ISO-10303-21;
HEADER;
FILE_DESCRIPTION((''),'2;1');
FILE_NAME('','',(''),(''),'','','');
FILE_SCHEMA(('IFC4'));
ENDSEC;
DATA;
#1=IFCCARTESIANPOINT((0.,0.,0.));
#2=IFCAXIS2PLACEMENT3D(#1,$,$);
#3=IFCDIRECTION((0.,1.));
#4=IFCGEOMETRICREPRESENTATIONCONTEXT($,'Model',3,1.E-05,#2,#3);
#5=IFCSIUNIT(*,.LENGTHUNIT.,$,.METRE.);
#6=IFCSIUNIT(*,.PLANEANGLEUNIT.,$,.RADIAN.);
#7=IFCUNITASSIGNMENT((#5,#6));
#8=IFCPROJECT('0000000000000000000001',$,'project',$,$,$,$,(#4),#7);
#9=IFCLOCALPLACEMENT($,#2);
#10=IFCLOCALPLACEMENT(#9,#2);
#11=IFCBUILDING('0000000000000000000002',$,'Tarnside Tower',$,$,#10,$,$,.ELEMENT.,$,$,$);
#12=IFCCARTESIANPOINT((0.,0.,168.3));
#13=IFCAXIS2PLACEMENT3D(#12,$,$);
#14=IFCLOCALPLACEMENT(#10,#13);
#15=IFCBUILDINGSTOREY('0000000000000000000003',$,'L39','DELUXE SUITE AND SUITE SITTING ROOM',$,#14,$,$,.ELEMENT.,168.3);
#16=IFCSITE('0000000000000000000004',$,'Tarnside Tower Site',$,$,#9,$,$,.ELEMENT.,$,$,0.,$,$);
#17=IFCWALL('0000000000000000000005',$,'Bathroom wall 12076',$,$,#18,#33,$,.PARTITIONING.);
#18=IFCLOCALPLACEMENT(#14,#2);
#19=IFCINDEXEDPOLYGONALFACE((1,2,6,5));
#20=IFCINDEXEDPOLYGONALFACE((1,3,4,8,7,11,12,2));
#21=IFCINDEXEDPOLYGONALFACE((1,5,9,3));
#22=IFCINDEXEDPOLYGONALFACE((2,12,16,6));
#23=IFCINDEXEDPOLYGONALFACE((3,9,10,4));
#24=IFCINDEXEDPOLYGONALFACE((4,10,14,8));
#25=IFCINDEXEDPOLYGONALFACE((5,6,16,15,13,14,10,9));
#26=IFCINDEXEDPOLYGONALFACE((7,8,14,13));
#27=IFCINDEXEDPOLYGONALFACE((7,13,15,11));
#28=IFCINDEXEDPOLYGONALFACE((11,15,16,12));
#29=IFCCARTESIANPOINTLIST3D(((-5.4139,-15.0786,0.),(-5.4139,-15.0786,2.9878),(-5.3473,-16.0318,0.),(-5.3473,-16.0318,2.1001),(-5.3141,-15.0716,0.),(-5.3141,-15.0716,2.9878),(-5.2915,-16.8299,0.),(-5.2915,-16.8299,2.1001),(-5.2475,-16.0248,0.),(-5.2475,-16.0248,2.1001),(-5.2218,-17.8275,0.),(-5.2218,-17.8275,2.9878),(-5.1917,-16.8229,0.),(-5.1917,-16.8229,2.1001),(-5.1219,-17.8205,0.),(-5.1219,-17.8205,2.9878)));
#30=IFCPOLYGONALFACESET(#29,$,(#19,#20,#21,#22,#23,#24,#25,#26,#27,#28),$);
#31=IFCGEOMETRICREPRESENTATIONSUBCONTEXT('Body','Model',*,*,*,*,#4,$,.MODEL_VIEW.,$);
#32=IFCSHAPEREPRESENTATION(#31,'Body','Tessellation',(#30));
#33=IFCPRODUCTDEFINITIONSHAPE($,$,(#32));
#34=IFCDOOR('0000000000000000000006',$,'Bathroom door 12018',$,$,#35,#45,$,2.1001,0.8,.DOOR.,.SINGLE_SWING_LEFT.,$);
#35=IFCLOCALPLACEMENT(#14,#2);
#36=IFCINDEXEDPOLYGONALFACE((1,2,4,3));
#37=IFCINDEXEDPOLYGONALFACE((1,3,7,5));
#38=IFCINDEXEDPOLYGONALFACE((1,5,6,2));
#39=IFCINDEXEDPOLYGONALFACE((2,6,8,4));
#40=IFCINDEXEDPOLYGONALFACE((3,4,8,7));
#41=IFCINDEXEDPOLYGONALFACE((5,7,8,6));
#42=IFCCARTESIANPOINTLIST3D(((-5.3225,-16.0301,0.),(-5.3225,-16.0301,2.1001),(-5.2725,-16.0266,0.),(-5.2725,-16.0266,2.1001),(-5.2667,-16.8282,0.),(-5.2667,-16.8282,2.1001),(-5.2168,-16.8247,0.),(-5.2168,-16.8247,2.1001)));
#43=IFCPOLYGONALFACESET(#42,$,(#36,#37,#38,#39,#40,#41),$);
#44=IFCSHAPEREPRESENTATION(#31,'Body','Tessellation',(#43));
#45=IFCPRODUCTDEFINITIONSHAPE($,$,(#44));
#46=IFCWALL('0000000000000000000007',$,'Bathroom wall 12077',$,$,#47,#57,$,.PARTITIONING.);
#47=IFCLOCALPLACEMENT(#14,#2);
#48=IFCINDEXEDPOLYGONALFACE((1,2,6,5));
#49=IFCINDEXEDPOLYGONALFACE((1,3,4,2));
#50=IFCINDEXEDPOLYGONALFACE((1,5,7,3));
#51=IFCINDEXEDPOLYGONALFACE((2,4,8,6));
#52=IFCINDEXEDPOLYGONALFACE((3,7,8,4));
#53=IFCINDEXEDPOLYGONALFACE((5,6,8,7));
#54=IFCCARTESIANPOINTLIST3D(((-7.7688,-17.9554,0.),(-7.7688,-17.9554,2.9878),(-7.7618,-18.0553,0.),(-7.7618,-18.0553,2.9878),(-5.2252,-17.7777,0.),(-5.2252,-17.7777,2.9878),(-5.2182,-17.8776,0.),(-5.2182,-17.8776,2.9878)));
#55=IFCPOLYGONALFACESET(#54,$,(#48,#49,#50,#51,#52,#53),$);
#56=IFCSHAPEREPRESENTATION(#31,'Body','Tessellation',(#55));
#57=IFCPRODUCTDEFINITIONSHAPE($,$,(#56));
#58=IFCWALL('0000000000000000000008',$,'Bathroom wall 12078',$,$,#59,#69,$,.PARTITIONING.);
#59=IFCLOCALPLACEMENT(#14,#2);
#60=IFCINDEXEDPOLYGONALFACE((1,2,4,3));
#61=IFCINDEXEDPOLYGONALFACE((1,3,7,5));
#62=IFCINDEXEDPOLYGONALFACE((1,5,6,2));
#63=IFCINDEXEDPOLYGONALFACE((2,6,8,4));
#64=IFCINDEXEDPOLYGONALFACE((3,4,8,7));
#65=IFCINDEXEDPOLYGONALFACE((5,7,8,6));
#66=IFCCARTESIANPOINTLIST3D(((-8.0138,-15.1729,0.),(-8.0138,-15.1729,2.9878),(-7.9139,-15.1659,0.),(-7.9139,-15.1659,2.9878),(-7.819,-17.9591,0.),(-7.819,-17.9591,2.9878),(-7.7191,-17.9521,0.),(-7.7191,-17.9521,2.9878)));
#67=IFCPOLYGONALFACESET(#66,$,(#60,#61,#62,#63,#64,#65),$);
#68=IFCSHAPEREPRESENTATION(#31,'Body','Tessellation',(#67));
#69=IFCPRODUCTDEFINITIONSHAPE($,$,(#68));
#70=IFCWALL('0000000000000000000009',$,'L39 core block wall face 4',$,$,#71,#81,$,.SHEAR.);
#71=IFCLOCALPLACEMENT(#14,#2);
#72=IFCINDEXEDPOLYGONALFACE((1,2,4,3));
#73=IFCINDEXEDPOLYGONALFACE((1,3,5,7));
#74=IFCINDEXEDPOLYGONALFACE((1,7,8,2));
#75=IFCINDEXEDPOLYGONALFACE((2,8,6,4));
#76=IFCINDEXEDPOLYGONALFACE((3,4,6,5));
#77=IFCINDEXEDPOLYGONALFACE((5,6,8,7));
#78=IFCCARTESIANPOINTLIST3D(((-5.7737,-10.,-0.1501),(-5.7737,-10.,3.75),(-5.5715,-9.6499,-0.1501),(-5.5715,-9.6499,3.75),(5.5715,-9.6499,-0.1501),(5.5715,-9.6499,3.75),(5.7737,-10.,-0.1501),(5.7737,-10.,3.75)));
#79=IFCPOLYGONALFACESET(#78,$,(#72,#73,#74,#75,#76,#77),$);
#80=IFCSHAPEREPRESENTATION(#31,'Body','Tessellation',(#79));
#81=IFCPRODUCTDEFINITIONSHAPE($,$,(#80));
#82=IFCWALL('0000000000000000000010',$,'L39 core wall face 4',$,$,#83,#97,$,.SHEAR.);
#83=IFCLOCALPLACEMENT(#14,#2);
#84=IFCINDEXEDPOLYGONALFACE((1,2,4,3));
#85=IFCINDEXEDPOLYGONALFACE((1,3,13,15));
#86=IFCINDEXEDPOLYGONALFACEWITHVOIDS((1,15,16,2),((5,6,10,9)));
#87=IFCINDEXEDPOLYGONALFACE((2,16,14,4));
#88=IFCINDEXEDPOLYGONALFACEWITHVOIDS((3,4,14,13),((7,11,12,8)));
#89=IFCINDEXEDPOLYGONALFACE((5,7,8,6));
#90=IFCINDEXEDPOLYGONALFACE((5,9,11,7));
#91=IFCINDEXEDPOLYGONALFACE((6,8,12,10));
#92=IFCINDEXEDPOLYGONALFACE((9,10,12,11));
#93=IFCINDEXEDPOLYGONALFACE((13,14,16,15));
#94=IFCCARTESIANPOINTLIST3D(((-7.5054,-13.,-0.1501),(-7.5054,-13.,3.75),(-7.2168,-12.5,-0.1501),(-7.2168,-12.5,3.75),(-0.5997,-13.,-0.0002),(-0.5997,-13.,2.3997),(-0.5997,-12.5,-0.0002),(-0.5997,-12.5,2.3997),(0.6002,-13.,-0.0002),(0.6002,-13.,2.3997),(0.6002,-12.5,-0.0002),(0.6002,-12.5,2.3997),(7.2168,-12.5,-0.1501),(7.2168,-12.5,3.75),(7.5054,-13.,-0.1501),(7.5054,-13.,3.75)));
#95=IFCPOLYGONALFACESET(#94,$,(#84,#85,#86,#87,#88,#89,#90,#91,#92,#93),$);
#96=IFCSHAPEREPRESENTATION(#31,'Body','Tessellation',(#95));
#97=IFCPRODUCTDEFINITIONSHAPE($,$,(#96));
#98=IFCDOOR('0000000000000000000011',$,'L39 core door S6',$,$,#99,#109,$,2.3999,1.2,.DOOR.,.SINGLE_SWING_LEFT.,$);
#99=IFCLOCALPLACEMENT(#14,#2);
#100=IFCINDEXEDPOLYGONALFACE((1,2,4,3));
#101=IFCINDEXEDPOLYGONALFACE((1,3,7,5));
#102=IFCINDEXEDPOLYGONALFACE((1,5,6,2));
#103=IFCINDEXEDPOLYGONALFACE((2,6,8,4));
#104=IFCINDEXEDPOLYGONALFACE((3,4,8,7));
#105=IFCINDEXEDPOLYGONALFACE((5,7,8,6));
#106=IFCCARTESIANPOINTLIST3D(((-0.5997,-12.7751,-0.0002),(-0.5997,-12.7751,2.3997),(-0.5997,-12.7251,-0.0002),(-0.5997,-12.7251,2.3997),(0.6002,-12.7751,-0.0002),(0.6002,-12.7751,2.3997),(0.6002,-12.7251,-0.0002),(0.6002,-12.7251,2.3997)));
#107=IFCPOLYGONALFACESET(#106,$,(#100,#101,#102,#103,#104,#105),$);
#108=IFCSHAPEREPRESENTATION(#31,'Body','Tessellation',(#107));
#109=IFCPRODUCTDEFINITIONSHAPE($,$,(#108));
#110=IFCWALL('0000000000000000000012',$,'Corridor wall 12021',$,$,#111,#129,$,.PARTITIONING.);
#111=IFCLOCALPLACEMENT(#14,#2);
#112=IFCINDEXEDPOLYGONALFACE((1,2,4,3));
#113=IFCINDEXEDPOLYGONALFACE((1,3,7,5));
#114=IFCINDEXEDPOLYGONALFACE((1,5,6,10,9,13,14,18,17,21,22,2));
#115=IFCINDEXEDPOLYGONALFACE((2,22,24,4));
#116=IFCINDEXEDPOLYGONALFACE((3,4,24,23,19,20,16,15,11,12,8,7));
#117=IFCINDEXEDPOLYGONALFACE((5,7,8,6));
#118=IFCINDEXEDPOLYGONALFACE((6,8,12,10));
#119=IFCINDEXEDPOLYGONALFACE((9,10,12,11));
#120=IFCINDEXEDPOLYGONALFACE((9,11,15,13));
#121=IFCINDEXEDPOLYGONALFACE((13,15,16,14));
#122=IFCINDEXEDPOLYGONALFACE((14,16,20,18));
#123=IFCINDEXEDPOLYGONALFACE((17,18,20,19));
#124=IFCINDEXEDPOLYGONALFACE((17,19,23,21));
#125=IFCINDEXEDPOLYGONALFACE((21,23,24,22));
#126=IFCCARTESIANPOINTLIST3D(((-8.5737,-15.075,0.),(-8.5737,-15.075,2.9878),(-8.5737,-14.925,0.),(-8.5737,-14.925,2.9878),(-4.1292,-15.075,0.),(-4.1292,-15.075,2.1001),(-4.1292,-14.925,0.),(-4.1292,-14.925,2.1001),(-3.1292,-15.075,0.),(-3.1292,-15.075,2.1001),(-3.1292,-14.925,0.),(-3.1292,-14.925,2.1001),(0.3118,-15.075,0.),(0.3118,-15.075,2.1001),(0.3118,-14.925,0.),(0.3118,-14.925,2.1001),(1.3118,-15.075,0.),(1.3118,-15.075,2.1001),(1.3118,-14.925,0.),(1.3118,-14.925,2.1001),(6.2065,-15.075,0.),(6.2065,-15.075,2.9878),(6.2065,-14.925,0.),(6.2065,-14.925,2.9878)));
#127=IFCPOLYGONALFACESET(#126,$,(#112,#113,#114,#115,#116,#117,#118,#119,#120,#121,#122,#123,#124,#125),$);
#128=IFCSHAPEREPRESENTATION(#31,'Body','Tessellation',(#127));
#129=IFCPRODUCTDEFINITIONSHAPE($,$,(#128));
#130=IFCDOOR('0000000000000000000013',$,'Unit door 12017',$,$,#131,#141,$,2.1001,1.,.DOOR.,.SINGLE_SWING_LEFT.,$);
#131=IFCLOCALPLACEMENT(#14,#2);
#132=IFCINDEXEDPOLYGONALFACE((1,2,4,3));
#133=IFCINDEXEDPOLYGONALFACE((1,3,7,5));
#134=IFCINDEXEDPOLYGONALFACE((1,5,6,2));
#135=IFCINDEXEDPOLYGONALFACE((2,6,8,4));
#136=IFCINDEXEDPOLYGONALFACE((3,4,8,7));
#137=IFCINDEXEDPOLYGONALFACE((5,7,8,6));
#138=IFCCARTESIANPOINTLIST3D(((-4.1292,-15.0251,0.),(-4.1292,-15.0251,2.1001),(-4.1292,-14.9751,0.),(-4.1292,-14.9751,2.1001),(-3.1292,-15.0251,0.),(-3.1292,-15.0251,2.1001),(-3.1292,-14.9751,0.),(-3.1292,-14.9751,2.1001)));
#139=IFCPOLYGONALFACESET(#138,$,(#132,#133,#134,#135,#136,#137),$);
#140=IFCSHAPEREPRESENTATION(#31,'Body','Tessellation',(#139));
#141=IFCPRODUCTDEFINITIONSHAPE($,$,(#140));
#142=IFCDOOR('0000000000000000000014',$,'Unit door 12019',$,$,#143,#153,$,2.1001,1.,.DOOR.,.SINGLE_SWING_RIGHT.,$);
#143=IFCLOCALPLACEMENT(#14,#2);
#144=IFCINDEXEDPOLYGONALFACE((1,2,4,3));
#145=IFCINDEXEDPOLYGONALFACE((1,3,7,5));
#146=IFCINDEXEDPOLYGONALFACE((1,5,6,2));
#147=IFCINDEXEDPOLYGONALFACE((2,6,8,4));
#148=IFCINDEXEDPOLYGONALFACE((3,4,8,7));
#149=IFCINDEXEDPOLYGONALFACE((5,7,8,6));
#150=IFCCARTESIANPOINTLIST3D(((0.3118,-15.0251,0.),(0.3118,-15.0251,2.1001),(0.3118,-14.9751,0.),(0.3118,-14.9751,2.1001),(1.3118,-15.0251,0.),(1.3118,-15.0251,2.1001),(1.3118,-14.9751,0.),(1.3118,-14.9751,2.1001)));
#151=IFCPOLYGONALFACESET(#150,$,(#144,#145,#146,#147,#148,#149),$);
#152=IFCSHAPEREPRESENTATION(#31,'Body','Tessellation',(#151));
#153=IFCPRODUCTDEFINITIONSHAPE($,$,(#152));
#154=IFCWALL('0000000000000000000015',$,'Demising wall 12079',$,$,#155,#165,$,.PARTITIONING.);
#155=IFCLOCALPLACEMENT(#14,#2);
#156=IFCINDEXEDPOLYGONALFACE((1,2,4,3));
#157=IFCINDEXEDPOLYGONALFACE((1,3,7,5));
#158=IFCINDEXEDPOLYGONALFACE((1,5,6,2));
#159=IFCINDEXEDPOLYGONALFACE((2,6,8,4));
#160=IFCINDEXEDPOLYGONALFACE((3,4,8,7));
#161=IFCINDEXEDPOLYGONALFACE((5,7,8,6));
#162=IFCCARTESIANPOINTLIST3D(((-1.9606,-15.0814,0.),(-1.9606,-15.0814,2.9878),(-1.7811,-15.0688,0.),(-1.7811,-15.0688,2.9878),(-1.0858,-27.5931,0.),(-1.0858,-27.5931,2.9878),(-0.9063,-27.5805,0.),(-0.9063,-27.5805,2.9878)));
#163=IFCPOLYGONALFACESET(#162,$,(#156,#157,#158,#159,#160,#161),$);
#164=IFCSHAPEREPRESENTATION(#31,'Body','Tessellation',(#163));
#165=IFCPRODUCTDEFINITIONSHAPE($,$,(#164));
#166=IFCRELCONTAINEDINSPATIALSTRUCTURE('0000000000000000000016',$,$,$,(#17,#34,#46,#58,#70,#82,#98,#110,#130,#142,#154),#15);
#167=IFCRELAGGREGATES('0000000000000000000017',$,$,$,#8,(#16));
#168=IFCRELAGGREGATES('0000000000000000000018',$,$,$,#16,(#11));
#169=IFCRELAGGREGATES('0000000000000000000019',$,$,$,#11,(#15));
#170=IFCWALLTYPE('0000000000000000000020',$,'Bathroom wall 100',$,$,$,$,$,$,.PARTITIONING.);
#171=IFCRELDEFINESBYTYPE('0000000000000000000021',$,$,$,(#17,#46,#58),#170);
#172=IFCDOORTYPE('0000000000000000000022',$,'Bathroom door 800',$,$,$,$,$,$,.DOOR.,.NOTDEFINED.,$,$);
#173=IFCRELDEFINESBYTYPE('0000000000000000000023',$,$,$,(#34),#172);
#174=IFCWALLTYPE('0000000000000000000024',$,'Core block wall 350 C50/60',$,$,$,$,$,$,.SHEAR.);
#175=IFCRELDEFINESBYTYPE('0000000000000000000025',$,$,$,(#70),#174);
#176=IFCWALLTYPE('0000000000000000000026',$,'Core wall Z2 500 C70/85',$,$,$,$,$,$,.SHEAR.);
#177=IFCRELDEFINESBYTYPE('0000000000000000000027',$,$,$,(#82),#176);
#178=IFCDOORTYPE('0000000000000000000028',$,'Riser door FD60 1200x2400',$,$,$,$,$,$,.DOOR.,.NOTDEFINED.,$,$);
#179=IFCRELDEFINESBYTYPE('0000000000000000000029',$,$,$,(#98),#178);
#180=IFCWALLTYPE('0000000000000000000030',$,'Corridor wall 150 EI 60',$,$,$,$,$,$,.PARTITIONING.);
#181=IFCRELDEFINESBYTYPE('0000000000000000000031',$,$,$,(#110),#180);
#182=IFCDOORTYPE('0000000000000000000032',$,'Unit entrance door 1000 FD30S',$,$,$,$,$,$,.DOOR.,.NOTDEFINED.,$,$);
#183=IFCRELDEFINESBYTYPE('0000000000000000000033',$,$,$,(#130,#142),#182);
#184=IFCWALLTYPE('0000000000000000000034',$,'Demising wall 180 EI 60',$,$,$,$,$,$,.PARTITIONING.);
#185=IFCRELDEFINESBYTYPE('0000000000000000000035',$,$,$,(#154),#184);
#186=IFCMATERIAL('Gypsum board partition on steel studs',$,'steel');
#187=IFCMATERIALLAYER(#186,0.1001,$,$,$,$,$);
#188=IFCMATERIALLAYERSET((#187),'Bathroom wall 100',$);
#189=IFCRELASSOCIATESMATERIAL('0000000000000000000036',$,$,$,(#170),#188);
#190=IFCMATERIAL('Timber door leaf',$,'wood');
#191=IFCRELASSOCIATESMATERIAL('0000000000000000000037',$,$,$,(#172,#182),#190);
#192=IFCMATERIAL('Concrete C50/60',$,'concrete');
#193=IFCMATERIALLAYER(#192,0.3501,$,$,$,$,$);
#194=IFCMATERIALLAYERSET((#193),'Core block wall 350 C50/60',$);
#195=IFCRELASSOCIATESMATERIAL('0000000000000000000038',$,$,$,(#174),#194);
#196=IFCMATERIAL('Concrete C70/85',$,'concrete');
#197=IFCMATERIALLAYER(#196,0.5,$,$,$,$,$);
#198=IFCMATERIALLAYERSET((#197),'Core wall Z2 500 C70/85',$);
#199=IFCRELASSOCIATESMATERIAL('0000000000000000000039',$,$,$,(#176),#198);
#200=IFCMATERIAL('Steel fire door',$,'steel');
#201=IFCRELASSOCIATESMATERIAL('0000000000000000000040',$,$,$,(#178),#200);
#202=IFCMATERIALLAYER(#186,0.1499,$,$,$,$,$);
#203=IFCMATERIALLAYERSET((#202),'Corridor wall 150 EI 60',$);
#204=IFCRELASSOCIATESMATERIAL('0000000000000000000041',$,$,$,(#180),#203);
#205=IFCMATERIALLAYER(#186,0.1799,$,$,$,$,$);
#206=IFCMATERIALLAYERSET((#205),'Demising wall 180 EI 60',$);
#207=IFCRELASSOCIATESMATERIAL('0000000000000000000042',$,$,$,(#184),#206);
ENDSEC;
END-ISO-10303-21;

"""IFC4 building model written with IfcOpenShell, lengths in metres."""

from ifc_helpers import new_model, si_unit, direction, frame, frame_2d, origin, place, context, subcontext, project, spatial, polyline, rectangle, outline, extrude, material, layer, layer_set, type_object, element, fill, save


model = new_model("IFC4")

# Units and contexts
model_context = context("Model", 3, precision=1e-05, world=origin(), true_north=direction((0.0, 1.0)))
body_context = subcontext(model_context, "Body", "Model", "MODEL_VIEW")
ifc_project = project(units=[si_unit("LENGTHUNIT", "METRE"), si_unit("PLANEANGLEUNIT", "RADIAN")], contexts=[model_context])

# Site, building, storey
site_placement = place(None, origin())
site = spatial("IfcSite", under=ifc_project, at=site_placement, Name="Tarnside Tower Site", CompositionType="ELEMENT", RefElevation=0.0)
building_placement = place(site_placement, origin())
building = spatial("IfcBuilding", under=site, at=building_placement, Name="Tarnside Tower", CompositionType="ELEMENT")
storey_placement = place(building_placement, frame((0.0, 0.0, 168.3)))
storey = spatial("IfcBuildingStorey", under=building, at=storey_placement, Name="L39", Description="DELUXE SUITE AND SUITE SITTING ROOM", CompositionType="ELEMENT", Elevation=168.3)

# Wall, opening, door
ifc_material_1 = material(Name="Gypsum board partition on steel studs", Category="steel")
ifc_layer_1 = layer(ifc_material_1, 0.1001)
ifc_layer_set_1 = layer_set([ifc_layer_1], Name="Bathroom wall 100")
wall_type_1 = type_object("IfcWallType", Name="Bathroom wall 100", PredefinedType="PARTITIONING", material=ifc_layer_set_1)
wall_1_placement = place(storey_placement, frame((-5.364, -15.075, 0.0), z_axis=(0.0, 0.0, 1.0), x_axis=(0.069723, -0.997566, 0.0)))
wall_1 = element("IfcWall", 1, at=wall_1_placement, inside=storey, type_object=wall_type_1, Name="Bathroom wall 12076", PredefinedType="PARTITIONING", context=body_context, shape_type="SweptSolid", body=[
    extrude(rectangle(XDim=2.7556, YDim=0.1001, at=frame_2d((1.3779, 0.0))), origin(), (0.0, 0.0, 1.0), 2.9878),
])
opening_1_placement = place(wall_1_placement, frame((0.9558, 0.0, 0.0)))
opening_1 = element("IfcOpeningElement", 2, at=opening_1_placement, cuts=wall_1, PredefinedType="OPENING", context=body_context, shape_type="SweptSolid", body=[
    extrude(rectangle(XDim=0.8, YDim=2.1001, at=frame_2d((0.3999, 1.05))), frame((0.0, 0.0601, 0.0), z_axis=(0.0, -1.0, 0.0), x_axis=(1.0, 0.0, 0.0)), (0.0, 0.0, 1.0), 0.1201),
])
ifc_material_2 = material(Name="Timber door leaf", Category="wood")
door_type_1 = type_object("IfcDoorType", Name="Bathroom door 800", OperationType="NOTDEFINED", PredefinedType="DOOR", material=ifc_material_2)
door_1_placement = place(opening_1_placement, origin())
door_1 = element("IfcDoor", 3, at=door_1_placement, inside=storey, type_object=door_type_1, Name="Bathroom door 12018", OperationType="SINGLE_SWING_LEFT", OverallHeight=2.1001, OverallWidth=0.8, PredefinedType="DOOR", context=body_context, shape_type="SweptSolid", body=[
    extrude(rectangle(XDim=0.8, YDim=2.1001, at=frame_2d((0.3999, 1.05))), frame((0.0, 0.0249, 0.0), z_axis=(0.0, -1.0, 0.0), x_axis=(1.0, 0.0, 0.0)), (0.0, 0.0, 1.0), 0.05),
])
fill(opening_1, door_1)

# Walls
wall_2_placement = place(storey_placement, frame((-5.2217, -17.8276, 0.0), z_axis=(0.0, 0.0, 1.0), x_axis=(-0.997568, -0.069702, 0.0)))
element("IfcWall", 4, at=wall_2_placement, inside=storey, type_object=wall_type_1, Name="Bathroom wall 12077", PredefinedType="PARTITIONING", context=body_context, shape_type="SweptSolid", body=[
    extrude(rectangle(XDim=2.5498, YDim=0.1001, at=frame_2d((1.2749, 0.0))), origin(), (0.0, 0.0, 1.0), 2.9878),
])
wall_3_placement = place(storey_placement, frame((-7.769, -17.9556, 0.0), z_axis=(0.0, 0.0, 1.0), x_axis=(-0.069756, 0.997564, 0.0)))
element("IfcWall", 5, at=wall_3_placement, inside=storey, type_object=wall_type_1, Name="Bathroom wall 12078", PredefinedType="PARTITIONING", context=body_context, shape_type="SweptSolid", body=[
    extrude(rectangle(XDim=2.793, YDim=0.1001, at=frame_2d((1.3965, 0.0))), origin(), (0.0, 0.0, 1.0), 2.9878),
])
ifc_material_3 = material(Name="Concrete C50/60", Category="concrete")
ifc_layer_2 = layer(ifc_material_3, 0.3501)
ifc_layer_set_2 = layer_set([ifc_layer_2], Name="Core block wall 350 C50/60")
wall_type_2 = type_object("IfcWallType", Name="Core block wall 350 C50/60", PredefinedType="SHEAR", material=ifc_layer_set_2)
wall_4_placement = place(storey_placement, frame((-5.6726, -9.825, -0.1501), z_axis=(0.0, 0.0, 1.0), x_axis=(1.0, 0.0, 0.0)))
element("IfcWall", 6, at=wall_4_placement, inside=storey, type_object=wall_type_2, Name="L39 core block wall face 4", PredefinedType="SHEAR", context=body_context, shape_type="SweptSolid", body=[
    extrude(outline(polyline([(-0.1011, -0.175), (11.4463, -0.175), (11.2441, 0.175), (0.1011, 0.175), (-0.1011, -0.175)])), origin(), (0.0, 0.0, 1.0), 3.9001),
])

# Wall, opening, door
ifc_material_4 = material(Name="Concrete C70/85", Category="concrete")
ifc_layer_3 = layer(ifc_material_4, 0.5)
ifc_layer_set_3 = layer_set([ifc_layer_3], Name="Core wall Z2 500 C70/85")
wall_type_3 = type_object("IfcWallType", Name="Core wall Z2 500 C70/85", PredefinedType="SHEAR", material=ifc_layer_set_3)
wall_5_placement = place(storey_placement, frame((-7.3611, -12.75, -0.1501), z_axis=(0.0, 0.0, 1.0), x_axis=(1.0, 0.0, 0.0)))
wall_5 = element("IfcWall", 7, at=wall_5_placement, inside=storey, type_object=wall_type_3, Name="L39 core wall face 4", PredefinedType="SHEAR", context=body_context, shape_type="SweptSolid", body=[
    extrude(outline(polyline([(-0.1443, -0.25), (14.8665, -0.25), (14.5779, 0.25), (0.1443, 0.25), (-0.1443, -0.25)])), origin(), (0.0, 0.0, 1.0), 3.9001),
])
opening_2_placement = place(wall_5_placement, frame((6.7612, 0.0, 0.1499)))
opening_2 = element("IfcOpeningElement", 8, at=opening_2_placement, cuts=wall_5, PredefinedType="OPENING", context=body_context, shape_type="SweptSolid", body=[
    extrude(rectangle(XDim=1.2, YDim=2.3999, at=frame_2d((0.6001, 1.2))), frame((0.0, 0.26, 0.0), z_axis=(0.0, -1.0, 0.0), x_axis=(1.0, 0.0, 0.0)), (0.0, 0.0, 1.0), 0.52),
])
ifc_material_5 = material(Name="Steel fire door", Category="steel")
door_type_2 = type_object("IfcDoorType", Name="Riser door FD60 1200x2400", OperationType="NOTDEFINED", PredefinedType="DOOR", material=ifc_material_5)
door_2_placement = place(opening_2_placement, origin())
door_2 = element("IfcDoor", 9, at=door_2_placement, inside=storey, type_object=door_type_2, Name="L39 core door S6", OperationType="SINGLE_SWING_LEFT", OverallHeight=2.3999, OverallWidth=1.2, PredefinedType="DOOR", context=body_context, shape_type="SweptSolid", body=[
    extrude(rectangle(XDim=1.2, YDim=2.3999, at=frame_2d((0.6001, 1.2))), frame((0.0, 0.0249, 0.0), z_axis=(0.0, -1.0, 0.0), x_axis=(1.0, 0.0, 0.0)), (0.0, 0.0, 1.0), 0.05),
])
fill(opening_2, door_2)

# Wall, openings, doors
ifc_layer_4 = layer(ifc_material_1, 0.1499)
ifc_layer_set_4 = layer_set([ifc_layer_4], Name="Corridor wall 150 EI 60")
wall_type_4 = type_object("IfcWallType", Name="Corridor wall 150 EI 60", PredefinedType="PARTITIONING", material=ifc_layer_set_4)
wall_6_placement = place(storey_placement, frame((-8.5737, -15.0, 0.0), z_axis=(0.0, 0.0, 1.0), x_axis=(1.0, 0.0, 0.0)))
wall_6 = element("IfcWall", 10, at=wall_6_placement, inside=storey, type_object=wall_type_4, Name="Corridor wall 12021", PredefinedType="PARTITIONING", context=body_context, shape_type="SweptSolid", body=[
    extrude(rectangle(XDim=14.7803, YDim=0.1499, at=frame_2d((7.3901, 0.0))), origin(), (0.0, 0.0, 1.0), 2.9878),
])
opening_3_placement = place(wall_6_placement, frame((4.4446, 0.0, 0.0)))
opening_3 = element("IfcOpeningElement", 11, at=opening_3_placement, cuts=wall_6, PredefinedType="OPENING", context=body_context, shape_type="SweptSolid", body=[
    extrude(rectangle(XDim=1.0, YDim=2.1001, at=frame_2d((0.5, 1.05))), frame((0.0, 0.085, 0.0), z_axis=(0.0, -1.0, 0.0), x_axis=(1.0, 0.0, 0.0)), (0.0, 0.0, 1.0), 0.1699),
])
opening_4_placement = place(wall_6_placement, frame((8.8855, 0.0, 0.0)))
opening_4 = element("IfcOpeningElement", 12, at=opening_4_placement, cuts=wall_6, PredefinedType="OPENING", context=body_context, shape_type="SweptSolid", body=[
    extrude(rectangle(XDim=1.0, YDim=2.1001, at=frame_2d((0.5, 1.05))), frame((0.0, 0.085, 0.0), z_axis=(0.0, -1.0, 0.0), x_axis=(1.0, 0.0, 0.0)), (0.0, 0.0, 1.0), 0.1699),
])
door_type_3 = type_object("IfcDoorType", Name="Unit entrance door 1000 FD30S", OperationType="NOTDEFINED", PredefinedType="DOOR", material=ifc_material_2)
door_3_placement = place(opening_3_placement, origin())
door_3 = element("IfcDoor", 13, at=door_3_placement, inside=storey, type_object=door_type_3, Name="Unit door 12017", OperationType="SINGLE_SWING_LEFT", OverallHeight=2.1001, OverallWidth=1.0, PredefinedType="DOOR", context=body_context, shape_type="SweptSolid", body=[
    extrude(rectangle(XDim=1.0, YDim=2.1001, at=frame_2d((0.5, 1.05))), frame((0.0, 0.0249, 0.0), z_axis=(0.0, -1.0, 0.0), x_axis=(1.0, 0.0, 0.0)), (0.0, 0.0, 1.0), 0.05),
])
fill(opening_3, door_3)
door_4_placement = place(opening_4_placement, origin())
door_4 = element("IfcDoor", 14, at=door_4_placement, inside=storey, type_object=door_type_3, Name="Unit door 12019", OperationType="SINGLE_SWING_RIGHT", OverallHeight=2.1001, OverallWidth=1.0, PredefinedType="DOOR", context=body_context, shape_type="SweptSolid", body=[
    extrude(rectangle(XDim=1.0, YDim=2.1001, at=frame_2d((0.5, 1.05))), frame((0.0, 0.0249, 0.0), z_axis=(0.0, -1.0, 0.0), x_axis=(1.0, 0.0, 0.0)), (0.0, 0.0, 1.0), 0.05),
])
fill(opening_4, door_4)

# Wall
ifc_layer_5 = layer(ifc_material_1, 0.1799)
ifc_layer_set_5 = layer_set([ifc_layer_5], Name="Demising wall 180 EI 60")
wall_type_5 = type_object("IfcWallType", Name="Demising wall 180 EI 60", PredefinedType="PARTITIONING", material=ifc_layer_set_5)
wall_7_placement = place(storey_placement, frame((-0.9961, -27.5867, 0.0), z_axis=(0.0, 0.0, 1.0), x_axis=(-0.069745, 0.997565, 0.0)))
element("IfcWall", 15, at=wall_7_placement, inside=storey, type_object=wall_type_5, Name="Demising wall 12079", PredefinedType="PARTITIONING", context=body_context, shape_type="SweptSolid", body=[
    extrude(rectangle(XDim=12.5422, YDim=0.1799, at=frame_2d((6.271, 0.0))), origin(), (0.0, 0.0, 1.0), 2.9878),
])

save(model, "model.ifc")
